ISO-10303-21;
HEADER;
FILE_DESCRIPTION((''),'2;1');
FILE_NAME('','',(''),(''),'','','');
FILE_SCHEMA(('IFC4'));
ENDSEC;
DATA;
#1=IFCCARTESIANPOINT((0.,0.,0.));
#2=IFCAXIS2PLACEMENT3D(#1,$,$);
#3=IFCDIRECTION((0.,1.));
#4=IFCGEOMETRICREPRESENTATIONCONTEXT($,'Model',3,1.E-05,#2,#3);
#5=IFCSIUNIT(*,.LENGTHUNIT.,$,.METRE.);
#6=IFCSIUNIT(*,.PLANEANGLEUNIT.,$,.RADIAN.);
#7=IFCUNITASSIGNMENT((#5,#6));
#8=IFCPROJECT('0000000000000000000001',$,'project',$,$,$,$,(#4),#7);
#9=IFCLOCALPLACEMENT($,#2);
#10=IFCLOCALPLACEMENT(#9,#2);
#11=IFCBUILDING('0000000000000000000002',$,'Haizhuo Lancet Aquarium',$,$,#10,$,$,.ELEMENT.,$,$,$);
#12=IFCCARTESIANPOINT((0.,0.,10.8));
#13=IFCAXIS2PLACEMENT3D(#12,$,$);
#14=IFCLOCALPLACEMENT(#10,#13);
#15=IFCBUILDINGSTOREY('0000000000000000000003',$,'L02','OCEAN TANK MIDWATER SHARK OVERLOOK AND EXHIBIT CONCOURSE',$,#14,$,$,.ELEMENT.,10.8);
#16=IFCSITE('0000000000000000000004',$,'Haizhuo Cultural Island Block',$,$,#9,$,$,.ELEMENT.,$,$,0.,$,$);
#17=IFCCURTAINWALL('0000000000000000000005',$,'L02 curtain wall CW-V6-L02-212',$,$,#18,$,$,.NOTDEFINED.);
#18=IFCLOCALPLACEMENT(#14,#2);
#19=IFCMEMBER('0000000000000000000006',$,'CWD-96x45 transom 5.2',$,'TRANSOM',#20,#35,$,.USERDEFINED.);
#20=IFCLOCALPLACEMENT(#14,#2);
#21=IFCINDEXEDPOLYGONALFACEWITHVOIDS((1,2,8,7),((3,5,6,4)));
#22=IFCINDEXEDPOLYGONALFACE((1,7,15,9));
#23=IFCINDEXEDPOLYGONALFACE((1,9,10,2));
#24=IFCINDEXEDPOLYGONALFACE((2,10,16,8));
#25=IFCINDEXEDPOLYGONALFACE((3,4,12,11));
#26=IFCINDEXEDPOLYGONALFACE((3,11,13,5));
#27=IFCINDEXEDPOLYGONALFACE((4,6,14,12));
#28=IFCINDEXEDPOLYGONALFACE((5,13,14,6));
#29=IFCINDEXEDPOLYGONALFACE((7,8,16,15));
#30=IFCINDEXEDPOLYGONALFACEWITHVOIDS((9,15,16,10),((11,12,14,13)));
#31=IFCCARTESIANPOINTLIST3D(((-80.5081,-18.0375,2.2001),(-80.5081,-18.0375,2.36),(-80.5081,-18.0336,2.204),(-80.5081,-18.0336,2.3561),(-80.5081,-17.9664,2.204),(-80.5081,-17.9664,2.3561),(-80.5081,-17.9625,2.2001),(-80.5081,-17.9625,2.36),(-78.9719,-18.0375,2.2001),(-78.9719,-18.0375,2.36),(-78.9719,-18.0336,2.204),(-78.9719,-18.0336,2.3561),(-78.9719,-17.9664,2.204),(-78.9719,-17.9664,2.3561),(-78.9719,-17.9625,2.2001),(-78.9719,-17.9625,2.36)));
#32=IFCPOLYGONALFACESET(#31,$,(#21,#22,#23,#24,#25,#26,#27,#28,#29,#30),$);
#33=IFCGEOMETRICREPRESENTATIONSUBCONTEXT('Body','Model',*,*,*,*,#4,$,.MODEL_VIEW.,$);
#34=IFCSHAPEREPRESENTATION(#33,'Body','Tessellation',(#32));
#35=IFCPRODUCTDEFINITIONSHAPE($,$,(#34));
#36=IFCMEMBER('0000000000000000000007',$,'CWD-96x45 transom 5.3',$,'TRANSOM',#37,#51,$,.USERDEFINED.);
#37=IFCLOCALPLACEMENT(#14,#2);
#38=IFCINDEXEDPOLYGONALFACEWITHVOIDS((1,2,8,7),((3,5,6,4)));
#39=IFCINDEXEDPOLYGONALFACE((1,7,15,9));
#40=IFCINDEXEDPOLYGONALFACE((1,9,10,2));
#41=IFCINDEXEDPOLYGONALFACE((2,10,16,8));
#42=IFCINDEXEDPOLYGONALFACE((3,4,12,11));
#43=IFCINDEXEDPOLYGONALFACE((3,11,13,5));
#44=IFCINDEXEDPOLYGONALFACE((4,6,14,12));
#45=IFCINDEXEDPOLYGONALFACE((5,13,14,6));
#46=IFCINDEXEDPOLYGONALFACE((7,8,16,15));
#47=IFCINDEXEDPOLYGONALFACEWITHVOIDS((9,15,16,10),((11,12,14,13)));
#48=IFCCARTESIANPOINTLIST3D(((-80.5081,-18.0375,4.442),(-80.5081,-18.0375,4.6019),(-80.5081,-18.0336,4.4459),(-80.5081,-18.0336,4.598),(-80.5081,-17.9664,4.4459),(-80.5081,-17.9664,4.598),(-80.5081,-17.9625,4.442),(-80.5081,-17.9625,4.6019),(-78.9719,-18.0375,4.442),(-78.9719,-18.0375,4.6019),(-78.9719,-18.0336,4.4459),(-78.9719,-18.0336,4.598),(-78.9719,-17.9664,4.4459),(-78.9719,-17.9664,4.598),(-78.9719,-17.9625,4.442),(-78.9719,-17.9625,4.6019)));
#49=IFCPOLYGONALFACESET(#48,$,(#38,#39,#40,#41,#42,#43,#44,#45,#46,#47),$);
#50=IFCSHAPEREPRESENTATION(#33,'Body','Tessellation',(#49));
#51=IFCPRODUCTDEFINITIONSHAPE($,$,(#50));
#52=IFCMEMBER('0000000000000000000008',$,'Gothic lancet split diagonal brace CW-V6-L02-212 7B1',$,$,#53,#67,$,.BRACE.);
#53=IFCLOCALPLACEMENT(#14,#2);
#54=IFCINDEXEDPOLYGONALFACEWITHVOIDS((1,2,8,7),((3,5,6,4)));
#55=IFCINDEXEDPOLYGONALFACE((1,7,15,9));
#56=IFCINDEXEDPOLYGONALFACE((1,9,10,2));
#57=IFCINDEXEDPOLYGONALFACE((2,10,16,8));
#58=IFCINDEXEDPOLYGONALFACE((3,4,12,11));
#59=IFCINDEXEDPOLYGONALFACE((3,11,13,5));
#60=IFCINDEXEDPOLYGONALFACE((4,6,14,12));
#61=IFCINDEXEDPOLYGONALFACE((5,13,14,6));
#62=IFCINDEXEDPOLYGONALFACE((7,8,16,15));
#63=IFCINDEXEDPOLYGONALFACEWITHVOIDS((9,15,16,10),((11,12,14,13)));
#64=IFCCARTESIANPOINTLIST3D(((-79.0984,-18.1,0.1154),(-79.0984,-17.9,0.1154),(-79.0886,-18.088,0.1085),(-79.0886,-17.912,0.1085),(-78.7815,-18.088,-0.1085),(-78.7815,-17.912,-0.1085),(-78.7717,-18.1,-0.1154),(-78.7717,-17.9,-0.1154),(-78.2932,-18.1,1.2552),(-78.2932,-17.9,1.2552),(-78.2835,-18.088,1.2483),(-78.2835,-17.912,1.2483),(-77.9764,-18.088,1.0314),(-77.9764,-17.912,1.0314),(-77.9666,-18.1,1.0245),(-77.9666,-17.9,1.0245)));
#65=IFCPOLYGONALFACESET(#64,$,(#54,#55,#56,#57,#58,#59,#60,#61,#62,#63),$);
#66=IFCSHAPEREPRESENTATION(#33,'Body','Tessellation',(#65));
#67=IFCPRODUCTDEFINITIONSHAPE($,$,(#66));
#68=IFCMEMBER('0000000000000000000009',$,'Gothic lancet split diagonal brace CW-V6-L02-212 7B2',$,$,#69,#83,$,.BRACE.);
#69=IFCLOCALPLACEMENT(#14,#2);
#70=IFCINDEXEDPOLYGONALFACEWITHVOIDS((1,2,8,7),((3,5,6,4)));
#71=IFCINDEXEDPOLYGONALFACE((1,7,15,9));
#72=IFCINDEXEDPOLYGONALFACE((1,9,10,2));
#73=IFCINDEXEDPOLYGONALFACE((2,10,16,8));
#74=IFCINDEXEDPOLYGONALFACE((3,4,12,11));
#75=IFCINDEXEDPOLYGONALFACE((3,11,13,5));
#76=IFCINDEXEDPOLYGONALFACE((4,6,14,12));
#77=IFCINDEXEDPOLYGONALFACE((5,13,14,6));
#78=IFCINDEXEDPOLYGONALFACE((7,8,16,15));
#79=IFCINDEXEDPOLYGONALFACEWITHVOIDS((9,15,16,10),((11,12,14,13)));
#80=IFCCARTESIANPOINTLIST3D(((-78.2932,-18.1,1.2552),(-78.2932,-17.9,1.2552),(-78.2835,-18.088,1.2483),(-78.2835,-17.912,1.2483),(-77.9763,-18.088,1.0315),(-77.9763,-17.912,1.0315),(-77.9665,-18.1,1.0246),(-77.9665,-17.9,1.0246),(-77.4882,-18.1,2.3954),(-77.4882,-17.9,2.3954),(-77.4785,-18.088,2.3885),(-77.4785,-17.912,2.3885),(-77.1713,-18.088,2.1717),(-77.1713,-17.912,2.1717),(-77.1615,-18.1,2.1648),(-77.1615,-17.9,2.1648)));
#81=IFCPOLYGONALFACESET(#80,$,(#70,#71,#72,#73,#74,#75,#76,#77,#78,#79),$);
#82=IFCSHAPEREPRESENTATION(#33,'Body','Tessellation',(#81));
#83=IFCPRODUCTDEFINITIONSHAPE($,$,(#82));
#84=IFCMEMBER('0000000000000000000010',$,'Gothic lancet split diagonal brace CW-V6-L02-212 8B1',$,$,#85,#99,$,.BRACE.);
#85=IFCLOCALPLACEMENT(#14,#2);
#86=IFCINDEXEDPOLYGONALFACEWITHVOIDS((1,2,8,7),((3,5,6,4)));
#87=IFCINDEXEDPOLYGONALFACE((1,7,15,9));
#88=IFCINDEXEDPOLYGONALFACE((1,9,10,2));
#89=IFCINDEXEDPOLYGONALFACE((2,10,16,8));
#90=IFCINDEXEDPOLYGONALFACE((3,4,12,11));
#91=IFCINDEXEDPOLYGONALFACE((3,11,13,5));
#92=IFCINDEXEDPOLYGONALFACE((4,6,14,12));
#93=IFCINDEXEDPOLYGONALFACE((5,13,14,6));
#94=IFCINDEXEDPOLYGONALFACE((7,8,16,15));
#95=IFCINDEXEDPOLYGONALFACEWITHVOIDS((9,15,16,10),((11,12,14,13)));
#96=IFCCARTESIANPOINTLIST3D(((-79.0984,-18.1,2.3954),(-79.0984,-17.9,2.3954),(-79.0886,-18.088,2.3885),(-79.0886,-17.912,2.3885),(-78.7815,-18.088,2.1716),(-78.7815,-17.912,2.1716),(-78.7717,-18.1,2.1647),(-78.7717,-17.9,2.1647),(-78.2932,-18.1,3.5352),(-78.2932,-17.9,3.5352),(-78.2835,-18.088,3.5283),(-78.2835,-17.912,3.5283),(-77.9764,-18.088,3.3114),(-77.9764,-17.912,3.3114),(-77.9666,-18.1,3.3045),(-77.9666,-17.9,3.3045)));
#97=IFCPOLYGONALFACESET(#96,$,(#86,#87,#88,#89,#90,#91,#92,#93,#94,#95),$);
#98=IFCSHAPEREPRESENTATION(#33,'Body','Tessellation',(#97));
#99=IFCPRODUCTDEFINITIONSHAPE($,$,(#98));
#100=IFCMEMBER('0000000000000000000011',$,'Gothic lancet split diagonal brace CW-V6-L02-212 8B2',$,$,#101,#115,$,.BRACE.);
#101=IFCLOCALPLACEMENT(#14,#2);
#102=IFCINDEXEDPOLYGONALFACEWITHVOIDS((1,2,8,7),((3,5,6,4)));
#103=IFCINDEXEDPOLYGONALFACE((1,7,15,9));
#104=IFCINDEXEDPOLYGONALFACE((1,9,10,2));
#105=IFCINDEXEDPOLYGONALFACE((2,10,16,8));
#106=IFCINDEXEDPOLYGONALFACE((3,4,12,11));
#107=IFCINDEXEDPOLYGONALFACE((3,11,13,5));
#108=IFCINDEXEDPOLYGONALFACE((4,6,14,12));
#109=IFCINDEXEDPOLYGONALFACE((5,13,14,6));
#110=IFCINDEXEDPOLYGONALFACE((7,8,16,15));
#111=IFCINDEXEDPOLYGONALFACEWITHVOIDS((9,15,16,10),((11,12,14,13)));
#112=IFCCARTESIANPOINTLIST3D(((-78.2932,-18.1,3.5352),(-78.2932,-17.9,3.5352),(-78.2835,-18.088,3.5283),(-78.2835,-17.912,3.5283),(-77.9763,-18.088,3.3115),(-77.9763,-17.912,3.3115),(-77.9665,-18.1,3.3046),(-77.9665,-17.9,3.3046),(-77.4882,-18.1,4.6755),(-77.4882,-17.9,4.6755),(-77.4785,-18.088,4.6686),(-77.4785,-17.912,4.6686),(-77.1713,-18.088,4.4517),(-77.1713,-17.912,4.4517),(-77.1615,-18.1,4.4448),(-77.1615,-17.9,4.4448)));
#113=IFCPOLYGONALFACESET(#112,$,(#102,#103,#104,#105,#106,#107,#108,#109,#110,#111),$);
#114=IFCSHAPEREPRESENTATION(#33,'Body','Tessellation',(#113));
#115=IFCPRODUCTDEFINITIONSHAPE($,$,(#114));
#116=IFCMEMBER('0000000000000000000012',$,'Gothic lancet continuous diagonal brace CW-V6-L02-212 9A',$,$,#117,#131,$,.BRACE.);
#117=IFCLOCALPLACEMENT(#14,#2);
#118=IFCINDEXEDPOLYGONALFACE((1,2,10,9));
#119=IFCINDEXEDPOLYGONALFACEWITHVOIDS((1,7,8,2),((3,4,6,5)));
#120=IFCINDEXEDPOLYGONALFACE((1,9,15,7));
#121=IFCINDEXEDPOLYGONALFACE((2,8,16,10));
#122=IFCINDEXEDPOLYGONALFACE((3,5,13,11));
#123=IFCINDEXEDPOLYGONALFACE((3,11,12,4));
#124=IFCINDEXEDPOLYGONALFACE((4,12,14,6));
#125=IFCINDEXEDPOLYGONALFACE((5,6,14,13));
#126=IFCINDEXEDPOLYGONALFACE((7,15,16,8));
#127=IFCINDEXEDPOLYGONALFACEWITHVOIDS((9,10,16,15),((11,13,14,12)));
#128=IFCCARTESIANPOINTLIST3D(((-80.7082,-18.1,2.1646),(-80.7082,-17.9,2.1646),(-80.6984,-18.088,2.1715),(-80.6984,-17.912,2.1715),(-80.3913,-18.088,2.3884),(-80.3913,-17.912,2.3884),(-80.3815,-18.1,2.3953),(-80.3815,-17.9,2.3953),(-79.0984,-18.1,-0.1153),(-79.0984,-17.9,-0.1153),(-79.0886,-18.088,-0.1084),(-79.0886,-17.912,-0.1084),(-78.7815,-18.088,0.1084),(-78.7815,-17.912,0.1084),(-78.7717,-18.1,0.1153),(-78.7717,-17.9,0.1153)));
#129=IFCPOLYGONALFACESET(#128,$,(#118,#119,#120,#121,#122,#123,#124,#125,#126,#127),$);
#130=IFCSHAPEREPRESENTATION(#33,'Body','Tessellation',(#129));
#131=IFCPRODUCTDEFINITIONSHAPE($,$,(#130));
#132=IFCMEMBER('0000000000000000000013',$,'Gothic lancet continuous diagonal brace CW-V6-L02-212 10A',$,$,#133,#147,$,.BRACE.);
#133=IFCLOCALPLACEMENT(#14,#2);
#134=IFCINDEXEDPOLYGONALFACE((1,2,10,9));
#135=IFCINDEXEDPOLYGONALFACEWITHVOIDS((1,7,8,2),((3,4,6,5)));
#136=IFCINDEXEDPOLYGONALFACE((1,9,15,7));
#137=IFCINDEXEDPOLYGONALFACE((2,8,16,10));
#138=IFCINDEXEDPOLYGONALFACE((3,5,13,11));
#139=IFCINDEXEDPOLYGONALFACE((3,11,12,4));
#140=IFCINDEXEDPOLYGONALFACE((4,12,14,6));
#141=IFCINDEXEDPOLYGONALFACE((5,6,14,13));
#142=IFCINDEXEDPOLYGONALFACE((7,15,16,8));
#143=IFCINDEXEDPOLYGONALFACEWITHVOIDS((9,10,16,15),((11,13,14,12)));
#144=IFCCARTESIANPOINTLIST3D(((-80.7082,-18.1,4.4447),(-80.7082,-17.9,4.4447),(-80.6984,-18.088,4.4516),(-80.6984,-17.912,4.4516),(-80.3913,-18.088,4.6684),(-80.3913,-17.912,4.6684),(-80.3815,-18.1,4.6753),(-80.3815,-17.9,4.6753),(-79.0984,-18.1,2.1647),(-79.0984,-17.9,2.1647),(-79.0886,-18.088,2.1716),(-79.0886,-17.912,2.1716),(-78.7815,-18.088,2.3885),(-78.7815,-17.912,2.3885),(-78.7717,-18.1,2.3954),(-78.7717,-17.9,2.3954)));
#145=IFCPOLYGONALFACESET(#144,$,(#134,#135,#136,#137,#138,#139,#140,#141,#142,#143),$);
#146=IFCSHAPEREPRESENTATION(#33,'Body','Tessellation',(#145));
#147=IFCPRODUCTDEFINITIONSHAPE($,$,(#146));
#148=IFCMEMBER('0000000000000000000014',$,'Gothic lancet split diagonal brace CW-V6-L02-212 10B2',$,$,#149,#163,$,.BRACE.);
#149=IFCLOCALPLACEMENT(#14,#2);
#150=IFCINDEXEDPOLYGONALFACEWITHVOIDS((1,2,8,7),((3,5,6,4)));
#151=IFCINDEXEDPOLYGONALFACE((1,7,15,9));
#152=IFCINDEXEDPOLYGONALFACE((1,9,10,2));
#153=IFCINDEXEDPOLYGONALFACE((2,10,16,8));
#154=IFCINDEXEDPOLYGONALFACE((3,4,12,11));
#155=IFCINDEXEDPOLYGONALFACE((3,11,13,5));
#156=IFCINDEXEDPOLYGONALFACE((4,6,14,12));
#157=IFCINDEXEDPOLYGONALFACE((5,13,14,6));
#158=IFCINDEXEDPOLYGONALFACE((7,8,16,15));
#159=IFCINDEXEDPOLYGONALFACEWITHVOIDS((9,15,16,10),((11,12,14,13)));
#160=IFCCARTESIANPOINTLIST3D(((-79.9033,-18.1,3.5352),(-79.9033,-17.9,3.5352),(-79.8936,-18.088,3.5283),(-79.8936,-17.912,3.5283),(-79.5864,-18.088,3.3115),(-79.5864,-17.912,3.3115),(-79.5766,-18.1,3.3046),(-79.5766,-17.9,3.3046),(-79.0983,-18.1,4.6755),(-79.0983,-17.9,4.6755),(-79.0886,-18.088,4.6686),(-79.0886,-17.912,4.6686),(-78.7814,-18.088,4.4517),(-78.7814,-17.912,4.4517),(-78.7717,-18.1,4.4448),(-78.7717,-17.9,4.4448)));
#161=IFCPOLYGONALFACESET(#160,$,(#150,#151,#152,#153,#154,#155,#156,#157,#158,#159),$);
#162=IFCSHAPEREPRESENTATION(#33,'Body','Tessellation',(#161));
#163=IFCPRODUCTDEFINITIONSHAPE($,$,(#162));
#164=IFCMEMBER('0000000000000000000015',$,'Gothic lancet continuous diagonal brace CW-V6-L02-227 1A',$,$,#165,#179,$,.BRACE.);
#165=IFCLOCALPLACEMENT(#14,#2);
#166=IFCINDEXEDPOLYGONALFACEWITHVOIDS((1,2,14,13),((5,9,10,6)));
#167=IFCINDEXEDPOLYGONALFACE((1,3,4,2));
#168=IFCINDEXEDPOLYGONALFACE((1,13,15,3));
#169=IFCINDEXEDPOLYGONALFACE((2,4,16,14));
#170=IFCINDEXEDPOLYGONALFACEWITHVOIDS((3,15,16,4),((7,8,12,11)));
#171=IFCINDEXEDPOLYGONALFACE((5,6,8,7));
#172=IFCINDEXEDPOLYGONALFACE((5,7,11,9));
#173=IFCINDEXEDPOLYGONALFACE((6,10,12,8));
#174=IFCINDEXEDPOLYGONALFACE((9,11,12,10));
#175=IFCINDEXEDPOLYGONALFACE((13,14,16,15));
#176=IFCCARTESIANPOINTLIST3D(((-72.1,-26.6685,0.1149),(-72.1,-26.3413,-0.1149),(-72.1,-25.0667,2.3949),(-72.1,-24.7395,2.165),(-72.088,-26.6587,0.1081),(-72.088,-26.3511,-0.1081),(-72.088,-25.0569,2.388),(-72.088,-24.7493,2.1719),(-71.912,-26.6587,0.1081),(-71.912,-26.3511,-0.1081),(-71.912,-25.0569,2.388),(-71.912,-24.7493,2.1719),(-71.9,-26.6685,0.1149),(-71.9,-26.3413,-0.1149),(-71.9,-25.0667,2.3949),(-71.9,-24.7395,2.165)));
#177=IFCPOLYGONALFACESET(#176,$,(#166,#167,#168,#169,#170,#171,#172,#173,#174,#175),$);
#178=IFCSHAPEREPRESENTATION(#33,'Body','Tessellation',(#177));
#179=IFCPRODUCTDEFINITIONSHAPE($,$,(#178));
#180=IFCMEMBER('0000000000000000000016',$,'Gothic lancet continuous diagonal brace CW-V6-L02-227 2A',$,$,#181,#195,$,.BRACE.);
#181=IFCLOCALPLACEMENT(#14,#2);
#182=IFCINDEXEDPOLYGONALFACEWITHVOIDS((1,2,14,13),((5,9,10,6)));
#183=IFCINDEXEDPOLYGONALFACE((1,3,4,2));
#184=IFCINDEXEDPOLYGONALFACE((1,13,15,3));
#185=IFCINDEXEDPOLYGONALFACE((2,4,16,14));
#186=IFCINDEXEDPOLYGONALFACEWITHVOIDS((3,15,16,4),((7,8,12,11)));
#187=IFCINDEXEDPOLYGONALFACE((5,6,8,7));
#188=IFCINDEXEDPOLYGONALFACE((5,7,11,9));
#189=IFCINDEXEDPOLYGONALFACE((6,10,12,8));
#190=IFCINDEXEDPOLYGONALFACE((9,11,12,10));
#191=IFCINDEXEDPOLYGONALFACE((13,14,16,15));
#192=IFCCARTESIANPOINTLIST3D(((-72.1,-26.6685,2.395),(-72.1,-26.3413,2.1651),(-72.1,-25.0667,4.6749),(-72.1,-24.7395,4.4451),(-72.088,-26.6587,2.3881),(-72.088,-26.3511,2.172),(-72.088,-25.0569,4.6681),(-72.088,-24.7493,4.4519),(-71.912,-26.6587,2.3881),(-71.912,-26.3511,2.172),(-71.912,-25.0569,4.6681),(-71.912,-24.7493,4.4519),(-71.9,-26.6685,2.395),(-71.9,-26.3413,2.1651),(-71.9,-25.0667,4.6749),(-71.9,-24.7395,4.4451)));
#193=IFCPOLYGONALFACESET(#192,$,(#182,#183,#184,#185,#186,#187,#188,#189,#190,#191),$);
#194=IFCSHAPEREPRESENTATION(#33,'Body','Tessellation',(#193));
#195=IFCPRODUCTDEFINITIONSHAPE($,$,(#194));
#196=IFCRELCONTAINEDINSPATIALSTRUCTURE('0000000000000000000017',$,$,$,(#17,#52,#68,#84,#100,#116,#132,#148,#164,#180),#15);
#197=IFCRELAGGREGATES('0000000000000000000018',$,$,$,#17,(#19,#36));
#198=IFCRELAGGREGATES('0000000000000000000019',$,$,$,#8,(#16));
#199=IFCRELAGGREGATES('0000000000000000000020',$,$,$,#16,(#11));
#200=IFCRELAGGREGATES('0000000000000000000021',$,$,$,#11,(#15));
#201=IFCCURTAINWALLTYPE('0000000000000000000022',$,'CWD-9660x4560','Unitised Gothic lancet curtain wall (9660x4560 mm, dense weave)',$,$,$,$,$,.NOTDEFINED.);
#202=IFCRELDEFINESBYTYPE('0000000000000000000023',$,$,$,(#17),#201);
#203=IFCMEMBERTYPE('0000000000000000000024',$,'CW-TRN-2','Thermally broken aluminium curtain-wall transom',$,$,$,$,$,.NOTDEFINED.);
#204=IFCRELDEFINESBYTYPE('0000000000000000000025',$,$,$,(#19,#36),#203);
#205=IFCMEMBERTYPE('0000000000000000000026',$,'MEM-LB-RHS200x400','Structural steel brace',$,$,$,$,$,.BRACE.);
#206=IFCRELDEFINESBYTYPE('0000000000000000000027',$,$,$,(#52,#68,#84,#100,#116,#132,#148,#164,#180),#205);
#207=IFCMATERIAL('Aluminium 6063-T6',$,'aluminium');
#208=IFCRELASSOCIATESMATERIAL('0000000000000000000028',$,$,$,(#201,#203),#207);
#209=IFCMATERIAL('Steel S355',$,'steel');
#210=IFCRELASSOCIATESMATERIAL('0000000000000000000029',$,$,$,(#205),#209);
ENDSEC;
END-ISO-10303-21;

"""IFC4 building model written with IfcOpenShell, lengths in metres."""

from ifc_helpers import new_model, si_unit, direction, frame, origin, origin_2d, place, context, subcontext, project, spatial, hollow_rectangle, extrude, material, material_profile, profile_set, type_object, element, aggregate, save


model = new_model("IFC4")

# Units and contexts
model_context = context("Model", 3, precision=1e-05, world=origin(), true_north=direction((0.0, 1.0)))
body_context = subcontext(model_context, "Body", "Model", "MODEL_VIEW")
ifc_project = project(units=[si_unit("LENGTHUNIT", "METRE"), si_unit("PLANEANGLEUNIT", "RADIAN")], contexts=[model_context])

# Site, building, storey
site_placement = place(None, origin())
site = spatial("IfcSite", under=ifc_project, at=site_placement, Name="Haizhuo Cultural Island Block", CompositionType="ELEMENT", RefElevation=0.0)
building_placement = place(site_placement, origin())
building = spatial("IfcBuilding", under=site, at=building_placement, Name="Haizhuo Lancet Aquarium", CompositionType="ELEMENT")
storey_placement = place(building_placement, frame((0.0, 0.0, 10.8)))
storey = spatial("IfcBuildingStorey", under=building, at=storey_placement, Name="L02", Description="OCEAN TANK MIDWATER SHARK OVERLOOK AND EXHIBIT CONCOURSE", CompositionType="ELEMENT", Elevation=10.8)

# Shared definitions
ifc_material_1 = material(Name="Steel S355", Category="steel")

# Curtain wall
ifc_material_2 = material(Name="Aluminium 6063-T6", Category="aluminium")
curtain_wall_type_1 = type_object("IfcCurtainWallType", Name="CWD-9660x4560", Description="Unitised Gothic lancet curtain wall (9660x4560 mm, dense weave)", PredefinedType="NOTDEFINED", material=ifc_material_2)
curtain_wall_1_placement = place(storey_placement, origin())
curtain_wall_1 = element("IfcCurtainWall", 1, at=curtain_wall_1_placement, inside=storey, type_object=curtain_wall_type_1, Name="L02 curtain wall CW-V6-L02-212", PredefinedType="NOTDEFINED")

# Members
ifc_material_profile_1 = material_profile(ifc_material_2, hollow_rectangle(XDim=0.075, YDim=0.1599, WallThickness=0.0039, at=origin_2d()), Name="ALU-T 75x160x4")
ifc_profile_set_1 = profile_set([ifc_material_profile_1], Name="Aluminium 6063-T6")
member_type_1 = type_object("IfcMemberType", Name="CW-TRN-2", Description="Thermally broken aluminium curtain-wall transom", PredefinedType="NOTDEFINED", material=ifc_profile_set_1)
member_1_placement = place(storey_placement, frame((-78.9719, -18.0, 2.28), z_axis=(-1.0, 0.0, 0.0), x_axis=(0.0, -1.0, 0.0)))
member_1 = element("IfcMember", 2, at=member_1_placement, type_object=member_type_1, Name="CWD-96x45 transom 5.2", ObjectType="TRANSOM", PredefinedType="USERDEFINED", context=body_context, shape_type="SweptSolid", body=[
    extrude(hollow_rectangle(XDim=0.075, YDim=0.1599, WallThickness=0.0039, at=origin_2d()), origin(), (0.0, 0.0, 1.0), 1.5361),
])
member_2_placement = place(storey_placement, frame((-78.9719, -18.0, 4.522), z_axis=(-1.0, 0.0, 0.0), x_axis=(0.0, -1.0, 0.0)))
member_2 = element("IfcMember", 3, at=member_2_placement, type_object=member_type_1, Name="CWD-96x45 transom 5.3", ObjectType="TRANSOM", PredefinedType="USERDEFINED", context=body_context, shape_type="SweptSolid", body=[
    extrude(hollow_rectangle(XDim=0.075, YDim=0.1599, WallThickness=0.0039, at=origin_2d()), origin(), (0.0, 0.0, 1.0), 1.5361),
])

# Members
ifc_material_profile_2 = material_profile(ifc_material_1, hollow_rectangle(XDim=0.2, YDim=0.3999, WallThickness=0.012, at=origin_2d()), Name="RHS 200x400x12")
ifc_profile_set_2 = profile_set([ifc_material_profile_2], Name="Steel S355")
member_type_2 = type_object("IfcMemberType", Name="MEM-LB-RHS200x400", Description="Structural steel brace", PredefinedType="BRACE", material=ifc_profile_set_2)
member_3_placement = place(storey_placement, frame((-78.9351, -18.0, 0.0), z_axis=(0.576944, 0.0, 0.816784), x_axis=(0.0, 1.0, 0.0)))
element("IfcMember", 4, at=member_3_placement, inside=storey, type_object=member_type_2, Name="Gothic lancet split diagonal brace CW-V6-L02-212 7B1", PredefinedType="BRACE", context=body_context, shape_type="SweptSolid", body=[
    extrude(hollow_rectangle(XDim=0.2, YDim=0.3999, WallThickness=0.012, at=origin_2d()), origin(), (0.0, 0.0, 1.0), 1.3955),
])
member_4_placement = place(storey_placement, frame((-78.1299, -18.0, 1.1399), z_axis=(0.576745, 0.0, 0.816924), x_axis=(0.0, 1.0, 0.0)))
element("IfcMember", 5, at=member_4_placement, inside=storey, type_object=member_type_2, Name="Gothic lancet split diagonal brace CW-V6-L02-212 7B2", PredefinedType="BRACE", context=body_context, shape_type="SweptSolid", body=[
    extrude(hollow_rectangle(XDim=0.2, YDim=0.3999, WallThickness=0.012, at=origin_2d()), origin(), (0.0, 0.0, 1.0), 1.3958),
])
member_5_placement = place(storey_placement, frame((-78.9351, -18.0, 2.28), z_axis=(0.576944, 0.0, 0.816784), x_axis=(0.0, 1.0, 0.0)))
element("IfcMember", 6, at=member_5_placement, inside=storey, type_object=member_type_2, Name="Gothic lancet split diagonal brace CW-V6-L02-212 8B1", PredefinedType="BRACE", context=body_context, shape_type="SweptSolid", body=[
    extrude(hollow_rectangle(XDim=0.2, YDim=0.3999, WallThickness=0.012, at=origin_2d()), origin(), (0.0, 0.0, 1.0), 1.3955),
])
member_6_placement = place(storey_placement, frame((-78.1299, -18.0, 3.4199), z_axis=(0.576745, 0.0, 0.816924), x_axis=(0.0, 1.0, 0.0)))
element("IfcMember", 7, at=member_6_placement, inside=storey, type_object=member_type_2, Name="Gothic lancet split diagonal brace CW-V6-L02-212 8B2", PredefinedType="BRACE", context=body_context, shape_type="SweptSolid", body=[
    extrude(hollow_rectangle(XDim=0.2, YDim=0.3999, WallThickness=0.012, at=origin_2d()), origin(), (0.0, 0.0, 1.0), 1.3958),
])
for number, where, z_axis, x_axis, name in (
    (8, (-78.9351, -18.0, 0.0), (-0.576786, 0.0, 0.816895), (0.0, -1.0, 0.0), "Gothic lancet continuous diagonal brace CW-V6-L02-212 9A"),
    (9, (-78.9351, -18.0, 2.28), (-0.576786, 0.0, 0.816895), (0.0, -1.0, 0.0), "Gothic lancet continuous diagonal brace CW-V6-L02-212 10A"),
):
    element("IfcMember", number, at=place(storey_placement, frame(where, z_axis=z_axis, x_axis=x_axis)), inside=storey, type_object=member_type_2, Name=name, PredefinedType="BRACE", context=body_context, shape_type="SweptSolid", body=[
        extrude(hollow_rectangle(XDim=0.2, YDim=0.3999, WallThickness=0.012, at=origin_2d()), origin(), (0.0, 0.0, 1.0), 2.791),
    ])
member_7_placement = place(storey_placement, frame((-79.74, -18.0, 3.4199), z_axis=(0.576745, 0.0, 0.816924), x_axis=(0.0, 1.0, 0.0)))
element("IfcMember", 10, at=member_7_placement, inside=storey, type_object=member_type_2, Name="Gothic lancet split diagonal brace CW-V6-L02-212 10B2", PredefinedType="BRACE", context=body_context, shape_type="SweptSolid", body=[
    extrude(hollow_rectangle(XDim=0.2, YDim=0.3999, WallThickness=0.012, at=origin_2d()), origin(), (0.0, 0.0, 1.0), 1.3958),
])
for number, where, z_axis, x_axis, name in (
    (11, (-72.0, -26.5049, 0.0), (0.0, 0.574855, 0.818255), (-1.0, 0.0, 0.0), "Gothic lancet continuous diagonal brace CW-V6-L02-227 1A"),
    (12, (-72.0, -26.5049, 2.28), (0.0, 0.574855, 0.818255), (-1.0, 0.0, 0.0), "Gothic lancet continuous diagonal brace CW-V6-L02-227 2A"),
):
    element("IfcMember", number, at=place(storey_placement, frame(where, z_axis=z_axis, x_axis=x_axis)), inside=storey, type_object=member_type_2, Name=name, PredefinedType="BRACE", context=body_context, shape_type="SweptSolid", body=[
        extrude(hollow_rectangle(XDim=0.2, YDim=0.3999, WallThickness=0.012, at=origin_2d()), origin(), (0.0, 0.0, 1.0), 2.7864),
    ])

aggregate(curtain_wall_1, [member_1, member_2])

save(model, "model.ifc")
